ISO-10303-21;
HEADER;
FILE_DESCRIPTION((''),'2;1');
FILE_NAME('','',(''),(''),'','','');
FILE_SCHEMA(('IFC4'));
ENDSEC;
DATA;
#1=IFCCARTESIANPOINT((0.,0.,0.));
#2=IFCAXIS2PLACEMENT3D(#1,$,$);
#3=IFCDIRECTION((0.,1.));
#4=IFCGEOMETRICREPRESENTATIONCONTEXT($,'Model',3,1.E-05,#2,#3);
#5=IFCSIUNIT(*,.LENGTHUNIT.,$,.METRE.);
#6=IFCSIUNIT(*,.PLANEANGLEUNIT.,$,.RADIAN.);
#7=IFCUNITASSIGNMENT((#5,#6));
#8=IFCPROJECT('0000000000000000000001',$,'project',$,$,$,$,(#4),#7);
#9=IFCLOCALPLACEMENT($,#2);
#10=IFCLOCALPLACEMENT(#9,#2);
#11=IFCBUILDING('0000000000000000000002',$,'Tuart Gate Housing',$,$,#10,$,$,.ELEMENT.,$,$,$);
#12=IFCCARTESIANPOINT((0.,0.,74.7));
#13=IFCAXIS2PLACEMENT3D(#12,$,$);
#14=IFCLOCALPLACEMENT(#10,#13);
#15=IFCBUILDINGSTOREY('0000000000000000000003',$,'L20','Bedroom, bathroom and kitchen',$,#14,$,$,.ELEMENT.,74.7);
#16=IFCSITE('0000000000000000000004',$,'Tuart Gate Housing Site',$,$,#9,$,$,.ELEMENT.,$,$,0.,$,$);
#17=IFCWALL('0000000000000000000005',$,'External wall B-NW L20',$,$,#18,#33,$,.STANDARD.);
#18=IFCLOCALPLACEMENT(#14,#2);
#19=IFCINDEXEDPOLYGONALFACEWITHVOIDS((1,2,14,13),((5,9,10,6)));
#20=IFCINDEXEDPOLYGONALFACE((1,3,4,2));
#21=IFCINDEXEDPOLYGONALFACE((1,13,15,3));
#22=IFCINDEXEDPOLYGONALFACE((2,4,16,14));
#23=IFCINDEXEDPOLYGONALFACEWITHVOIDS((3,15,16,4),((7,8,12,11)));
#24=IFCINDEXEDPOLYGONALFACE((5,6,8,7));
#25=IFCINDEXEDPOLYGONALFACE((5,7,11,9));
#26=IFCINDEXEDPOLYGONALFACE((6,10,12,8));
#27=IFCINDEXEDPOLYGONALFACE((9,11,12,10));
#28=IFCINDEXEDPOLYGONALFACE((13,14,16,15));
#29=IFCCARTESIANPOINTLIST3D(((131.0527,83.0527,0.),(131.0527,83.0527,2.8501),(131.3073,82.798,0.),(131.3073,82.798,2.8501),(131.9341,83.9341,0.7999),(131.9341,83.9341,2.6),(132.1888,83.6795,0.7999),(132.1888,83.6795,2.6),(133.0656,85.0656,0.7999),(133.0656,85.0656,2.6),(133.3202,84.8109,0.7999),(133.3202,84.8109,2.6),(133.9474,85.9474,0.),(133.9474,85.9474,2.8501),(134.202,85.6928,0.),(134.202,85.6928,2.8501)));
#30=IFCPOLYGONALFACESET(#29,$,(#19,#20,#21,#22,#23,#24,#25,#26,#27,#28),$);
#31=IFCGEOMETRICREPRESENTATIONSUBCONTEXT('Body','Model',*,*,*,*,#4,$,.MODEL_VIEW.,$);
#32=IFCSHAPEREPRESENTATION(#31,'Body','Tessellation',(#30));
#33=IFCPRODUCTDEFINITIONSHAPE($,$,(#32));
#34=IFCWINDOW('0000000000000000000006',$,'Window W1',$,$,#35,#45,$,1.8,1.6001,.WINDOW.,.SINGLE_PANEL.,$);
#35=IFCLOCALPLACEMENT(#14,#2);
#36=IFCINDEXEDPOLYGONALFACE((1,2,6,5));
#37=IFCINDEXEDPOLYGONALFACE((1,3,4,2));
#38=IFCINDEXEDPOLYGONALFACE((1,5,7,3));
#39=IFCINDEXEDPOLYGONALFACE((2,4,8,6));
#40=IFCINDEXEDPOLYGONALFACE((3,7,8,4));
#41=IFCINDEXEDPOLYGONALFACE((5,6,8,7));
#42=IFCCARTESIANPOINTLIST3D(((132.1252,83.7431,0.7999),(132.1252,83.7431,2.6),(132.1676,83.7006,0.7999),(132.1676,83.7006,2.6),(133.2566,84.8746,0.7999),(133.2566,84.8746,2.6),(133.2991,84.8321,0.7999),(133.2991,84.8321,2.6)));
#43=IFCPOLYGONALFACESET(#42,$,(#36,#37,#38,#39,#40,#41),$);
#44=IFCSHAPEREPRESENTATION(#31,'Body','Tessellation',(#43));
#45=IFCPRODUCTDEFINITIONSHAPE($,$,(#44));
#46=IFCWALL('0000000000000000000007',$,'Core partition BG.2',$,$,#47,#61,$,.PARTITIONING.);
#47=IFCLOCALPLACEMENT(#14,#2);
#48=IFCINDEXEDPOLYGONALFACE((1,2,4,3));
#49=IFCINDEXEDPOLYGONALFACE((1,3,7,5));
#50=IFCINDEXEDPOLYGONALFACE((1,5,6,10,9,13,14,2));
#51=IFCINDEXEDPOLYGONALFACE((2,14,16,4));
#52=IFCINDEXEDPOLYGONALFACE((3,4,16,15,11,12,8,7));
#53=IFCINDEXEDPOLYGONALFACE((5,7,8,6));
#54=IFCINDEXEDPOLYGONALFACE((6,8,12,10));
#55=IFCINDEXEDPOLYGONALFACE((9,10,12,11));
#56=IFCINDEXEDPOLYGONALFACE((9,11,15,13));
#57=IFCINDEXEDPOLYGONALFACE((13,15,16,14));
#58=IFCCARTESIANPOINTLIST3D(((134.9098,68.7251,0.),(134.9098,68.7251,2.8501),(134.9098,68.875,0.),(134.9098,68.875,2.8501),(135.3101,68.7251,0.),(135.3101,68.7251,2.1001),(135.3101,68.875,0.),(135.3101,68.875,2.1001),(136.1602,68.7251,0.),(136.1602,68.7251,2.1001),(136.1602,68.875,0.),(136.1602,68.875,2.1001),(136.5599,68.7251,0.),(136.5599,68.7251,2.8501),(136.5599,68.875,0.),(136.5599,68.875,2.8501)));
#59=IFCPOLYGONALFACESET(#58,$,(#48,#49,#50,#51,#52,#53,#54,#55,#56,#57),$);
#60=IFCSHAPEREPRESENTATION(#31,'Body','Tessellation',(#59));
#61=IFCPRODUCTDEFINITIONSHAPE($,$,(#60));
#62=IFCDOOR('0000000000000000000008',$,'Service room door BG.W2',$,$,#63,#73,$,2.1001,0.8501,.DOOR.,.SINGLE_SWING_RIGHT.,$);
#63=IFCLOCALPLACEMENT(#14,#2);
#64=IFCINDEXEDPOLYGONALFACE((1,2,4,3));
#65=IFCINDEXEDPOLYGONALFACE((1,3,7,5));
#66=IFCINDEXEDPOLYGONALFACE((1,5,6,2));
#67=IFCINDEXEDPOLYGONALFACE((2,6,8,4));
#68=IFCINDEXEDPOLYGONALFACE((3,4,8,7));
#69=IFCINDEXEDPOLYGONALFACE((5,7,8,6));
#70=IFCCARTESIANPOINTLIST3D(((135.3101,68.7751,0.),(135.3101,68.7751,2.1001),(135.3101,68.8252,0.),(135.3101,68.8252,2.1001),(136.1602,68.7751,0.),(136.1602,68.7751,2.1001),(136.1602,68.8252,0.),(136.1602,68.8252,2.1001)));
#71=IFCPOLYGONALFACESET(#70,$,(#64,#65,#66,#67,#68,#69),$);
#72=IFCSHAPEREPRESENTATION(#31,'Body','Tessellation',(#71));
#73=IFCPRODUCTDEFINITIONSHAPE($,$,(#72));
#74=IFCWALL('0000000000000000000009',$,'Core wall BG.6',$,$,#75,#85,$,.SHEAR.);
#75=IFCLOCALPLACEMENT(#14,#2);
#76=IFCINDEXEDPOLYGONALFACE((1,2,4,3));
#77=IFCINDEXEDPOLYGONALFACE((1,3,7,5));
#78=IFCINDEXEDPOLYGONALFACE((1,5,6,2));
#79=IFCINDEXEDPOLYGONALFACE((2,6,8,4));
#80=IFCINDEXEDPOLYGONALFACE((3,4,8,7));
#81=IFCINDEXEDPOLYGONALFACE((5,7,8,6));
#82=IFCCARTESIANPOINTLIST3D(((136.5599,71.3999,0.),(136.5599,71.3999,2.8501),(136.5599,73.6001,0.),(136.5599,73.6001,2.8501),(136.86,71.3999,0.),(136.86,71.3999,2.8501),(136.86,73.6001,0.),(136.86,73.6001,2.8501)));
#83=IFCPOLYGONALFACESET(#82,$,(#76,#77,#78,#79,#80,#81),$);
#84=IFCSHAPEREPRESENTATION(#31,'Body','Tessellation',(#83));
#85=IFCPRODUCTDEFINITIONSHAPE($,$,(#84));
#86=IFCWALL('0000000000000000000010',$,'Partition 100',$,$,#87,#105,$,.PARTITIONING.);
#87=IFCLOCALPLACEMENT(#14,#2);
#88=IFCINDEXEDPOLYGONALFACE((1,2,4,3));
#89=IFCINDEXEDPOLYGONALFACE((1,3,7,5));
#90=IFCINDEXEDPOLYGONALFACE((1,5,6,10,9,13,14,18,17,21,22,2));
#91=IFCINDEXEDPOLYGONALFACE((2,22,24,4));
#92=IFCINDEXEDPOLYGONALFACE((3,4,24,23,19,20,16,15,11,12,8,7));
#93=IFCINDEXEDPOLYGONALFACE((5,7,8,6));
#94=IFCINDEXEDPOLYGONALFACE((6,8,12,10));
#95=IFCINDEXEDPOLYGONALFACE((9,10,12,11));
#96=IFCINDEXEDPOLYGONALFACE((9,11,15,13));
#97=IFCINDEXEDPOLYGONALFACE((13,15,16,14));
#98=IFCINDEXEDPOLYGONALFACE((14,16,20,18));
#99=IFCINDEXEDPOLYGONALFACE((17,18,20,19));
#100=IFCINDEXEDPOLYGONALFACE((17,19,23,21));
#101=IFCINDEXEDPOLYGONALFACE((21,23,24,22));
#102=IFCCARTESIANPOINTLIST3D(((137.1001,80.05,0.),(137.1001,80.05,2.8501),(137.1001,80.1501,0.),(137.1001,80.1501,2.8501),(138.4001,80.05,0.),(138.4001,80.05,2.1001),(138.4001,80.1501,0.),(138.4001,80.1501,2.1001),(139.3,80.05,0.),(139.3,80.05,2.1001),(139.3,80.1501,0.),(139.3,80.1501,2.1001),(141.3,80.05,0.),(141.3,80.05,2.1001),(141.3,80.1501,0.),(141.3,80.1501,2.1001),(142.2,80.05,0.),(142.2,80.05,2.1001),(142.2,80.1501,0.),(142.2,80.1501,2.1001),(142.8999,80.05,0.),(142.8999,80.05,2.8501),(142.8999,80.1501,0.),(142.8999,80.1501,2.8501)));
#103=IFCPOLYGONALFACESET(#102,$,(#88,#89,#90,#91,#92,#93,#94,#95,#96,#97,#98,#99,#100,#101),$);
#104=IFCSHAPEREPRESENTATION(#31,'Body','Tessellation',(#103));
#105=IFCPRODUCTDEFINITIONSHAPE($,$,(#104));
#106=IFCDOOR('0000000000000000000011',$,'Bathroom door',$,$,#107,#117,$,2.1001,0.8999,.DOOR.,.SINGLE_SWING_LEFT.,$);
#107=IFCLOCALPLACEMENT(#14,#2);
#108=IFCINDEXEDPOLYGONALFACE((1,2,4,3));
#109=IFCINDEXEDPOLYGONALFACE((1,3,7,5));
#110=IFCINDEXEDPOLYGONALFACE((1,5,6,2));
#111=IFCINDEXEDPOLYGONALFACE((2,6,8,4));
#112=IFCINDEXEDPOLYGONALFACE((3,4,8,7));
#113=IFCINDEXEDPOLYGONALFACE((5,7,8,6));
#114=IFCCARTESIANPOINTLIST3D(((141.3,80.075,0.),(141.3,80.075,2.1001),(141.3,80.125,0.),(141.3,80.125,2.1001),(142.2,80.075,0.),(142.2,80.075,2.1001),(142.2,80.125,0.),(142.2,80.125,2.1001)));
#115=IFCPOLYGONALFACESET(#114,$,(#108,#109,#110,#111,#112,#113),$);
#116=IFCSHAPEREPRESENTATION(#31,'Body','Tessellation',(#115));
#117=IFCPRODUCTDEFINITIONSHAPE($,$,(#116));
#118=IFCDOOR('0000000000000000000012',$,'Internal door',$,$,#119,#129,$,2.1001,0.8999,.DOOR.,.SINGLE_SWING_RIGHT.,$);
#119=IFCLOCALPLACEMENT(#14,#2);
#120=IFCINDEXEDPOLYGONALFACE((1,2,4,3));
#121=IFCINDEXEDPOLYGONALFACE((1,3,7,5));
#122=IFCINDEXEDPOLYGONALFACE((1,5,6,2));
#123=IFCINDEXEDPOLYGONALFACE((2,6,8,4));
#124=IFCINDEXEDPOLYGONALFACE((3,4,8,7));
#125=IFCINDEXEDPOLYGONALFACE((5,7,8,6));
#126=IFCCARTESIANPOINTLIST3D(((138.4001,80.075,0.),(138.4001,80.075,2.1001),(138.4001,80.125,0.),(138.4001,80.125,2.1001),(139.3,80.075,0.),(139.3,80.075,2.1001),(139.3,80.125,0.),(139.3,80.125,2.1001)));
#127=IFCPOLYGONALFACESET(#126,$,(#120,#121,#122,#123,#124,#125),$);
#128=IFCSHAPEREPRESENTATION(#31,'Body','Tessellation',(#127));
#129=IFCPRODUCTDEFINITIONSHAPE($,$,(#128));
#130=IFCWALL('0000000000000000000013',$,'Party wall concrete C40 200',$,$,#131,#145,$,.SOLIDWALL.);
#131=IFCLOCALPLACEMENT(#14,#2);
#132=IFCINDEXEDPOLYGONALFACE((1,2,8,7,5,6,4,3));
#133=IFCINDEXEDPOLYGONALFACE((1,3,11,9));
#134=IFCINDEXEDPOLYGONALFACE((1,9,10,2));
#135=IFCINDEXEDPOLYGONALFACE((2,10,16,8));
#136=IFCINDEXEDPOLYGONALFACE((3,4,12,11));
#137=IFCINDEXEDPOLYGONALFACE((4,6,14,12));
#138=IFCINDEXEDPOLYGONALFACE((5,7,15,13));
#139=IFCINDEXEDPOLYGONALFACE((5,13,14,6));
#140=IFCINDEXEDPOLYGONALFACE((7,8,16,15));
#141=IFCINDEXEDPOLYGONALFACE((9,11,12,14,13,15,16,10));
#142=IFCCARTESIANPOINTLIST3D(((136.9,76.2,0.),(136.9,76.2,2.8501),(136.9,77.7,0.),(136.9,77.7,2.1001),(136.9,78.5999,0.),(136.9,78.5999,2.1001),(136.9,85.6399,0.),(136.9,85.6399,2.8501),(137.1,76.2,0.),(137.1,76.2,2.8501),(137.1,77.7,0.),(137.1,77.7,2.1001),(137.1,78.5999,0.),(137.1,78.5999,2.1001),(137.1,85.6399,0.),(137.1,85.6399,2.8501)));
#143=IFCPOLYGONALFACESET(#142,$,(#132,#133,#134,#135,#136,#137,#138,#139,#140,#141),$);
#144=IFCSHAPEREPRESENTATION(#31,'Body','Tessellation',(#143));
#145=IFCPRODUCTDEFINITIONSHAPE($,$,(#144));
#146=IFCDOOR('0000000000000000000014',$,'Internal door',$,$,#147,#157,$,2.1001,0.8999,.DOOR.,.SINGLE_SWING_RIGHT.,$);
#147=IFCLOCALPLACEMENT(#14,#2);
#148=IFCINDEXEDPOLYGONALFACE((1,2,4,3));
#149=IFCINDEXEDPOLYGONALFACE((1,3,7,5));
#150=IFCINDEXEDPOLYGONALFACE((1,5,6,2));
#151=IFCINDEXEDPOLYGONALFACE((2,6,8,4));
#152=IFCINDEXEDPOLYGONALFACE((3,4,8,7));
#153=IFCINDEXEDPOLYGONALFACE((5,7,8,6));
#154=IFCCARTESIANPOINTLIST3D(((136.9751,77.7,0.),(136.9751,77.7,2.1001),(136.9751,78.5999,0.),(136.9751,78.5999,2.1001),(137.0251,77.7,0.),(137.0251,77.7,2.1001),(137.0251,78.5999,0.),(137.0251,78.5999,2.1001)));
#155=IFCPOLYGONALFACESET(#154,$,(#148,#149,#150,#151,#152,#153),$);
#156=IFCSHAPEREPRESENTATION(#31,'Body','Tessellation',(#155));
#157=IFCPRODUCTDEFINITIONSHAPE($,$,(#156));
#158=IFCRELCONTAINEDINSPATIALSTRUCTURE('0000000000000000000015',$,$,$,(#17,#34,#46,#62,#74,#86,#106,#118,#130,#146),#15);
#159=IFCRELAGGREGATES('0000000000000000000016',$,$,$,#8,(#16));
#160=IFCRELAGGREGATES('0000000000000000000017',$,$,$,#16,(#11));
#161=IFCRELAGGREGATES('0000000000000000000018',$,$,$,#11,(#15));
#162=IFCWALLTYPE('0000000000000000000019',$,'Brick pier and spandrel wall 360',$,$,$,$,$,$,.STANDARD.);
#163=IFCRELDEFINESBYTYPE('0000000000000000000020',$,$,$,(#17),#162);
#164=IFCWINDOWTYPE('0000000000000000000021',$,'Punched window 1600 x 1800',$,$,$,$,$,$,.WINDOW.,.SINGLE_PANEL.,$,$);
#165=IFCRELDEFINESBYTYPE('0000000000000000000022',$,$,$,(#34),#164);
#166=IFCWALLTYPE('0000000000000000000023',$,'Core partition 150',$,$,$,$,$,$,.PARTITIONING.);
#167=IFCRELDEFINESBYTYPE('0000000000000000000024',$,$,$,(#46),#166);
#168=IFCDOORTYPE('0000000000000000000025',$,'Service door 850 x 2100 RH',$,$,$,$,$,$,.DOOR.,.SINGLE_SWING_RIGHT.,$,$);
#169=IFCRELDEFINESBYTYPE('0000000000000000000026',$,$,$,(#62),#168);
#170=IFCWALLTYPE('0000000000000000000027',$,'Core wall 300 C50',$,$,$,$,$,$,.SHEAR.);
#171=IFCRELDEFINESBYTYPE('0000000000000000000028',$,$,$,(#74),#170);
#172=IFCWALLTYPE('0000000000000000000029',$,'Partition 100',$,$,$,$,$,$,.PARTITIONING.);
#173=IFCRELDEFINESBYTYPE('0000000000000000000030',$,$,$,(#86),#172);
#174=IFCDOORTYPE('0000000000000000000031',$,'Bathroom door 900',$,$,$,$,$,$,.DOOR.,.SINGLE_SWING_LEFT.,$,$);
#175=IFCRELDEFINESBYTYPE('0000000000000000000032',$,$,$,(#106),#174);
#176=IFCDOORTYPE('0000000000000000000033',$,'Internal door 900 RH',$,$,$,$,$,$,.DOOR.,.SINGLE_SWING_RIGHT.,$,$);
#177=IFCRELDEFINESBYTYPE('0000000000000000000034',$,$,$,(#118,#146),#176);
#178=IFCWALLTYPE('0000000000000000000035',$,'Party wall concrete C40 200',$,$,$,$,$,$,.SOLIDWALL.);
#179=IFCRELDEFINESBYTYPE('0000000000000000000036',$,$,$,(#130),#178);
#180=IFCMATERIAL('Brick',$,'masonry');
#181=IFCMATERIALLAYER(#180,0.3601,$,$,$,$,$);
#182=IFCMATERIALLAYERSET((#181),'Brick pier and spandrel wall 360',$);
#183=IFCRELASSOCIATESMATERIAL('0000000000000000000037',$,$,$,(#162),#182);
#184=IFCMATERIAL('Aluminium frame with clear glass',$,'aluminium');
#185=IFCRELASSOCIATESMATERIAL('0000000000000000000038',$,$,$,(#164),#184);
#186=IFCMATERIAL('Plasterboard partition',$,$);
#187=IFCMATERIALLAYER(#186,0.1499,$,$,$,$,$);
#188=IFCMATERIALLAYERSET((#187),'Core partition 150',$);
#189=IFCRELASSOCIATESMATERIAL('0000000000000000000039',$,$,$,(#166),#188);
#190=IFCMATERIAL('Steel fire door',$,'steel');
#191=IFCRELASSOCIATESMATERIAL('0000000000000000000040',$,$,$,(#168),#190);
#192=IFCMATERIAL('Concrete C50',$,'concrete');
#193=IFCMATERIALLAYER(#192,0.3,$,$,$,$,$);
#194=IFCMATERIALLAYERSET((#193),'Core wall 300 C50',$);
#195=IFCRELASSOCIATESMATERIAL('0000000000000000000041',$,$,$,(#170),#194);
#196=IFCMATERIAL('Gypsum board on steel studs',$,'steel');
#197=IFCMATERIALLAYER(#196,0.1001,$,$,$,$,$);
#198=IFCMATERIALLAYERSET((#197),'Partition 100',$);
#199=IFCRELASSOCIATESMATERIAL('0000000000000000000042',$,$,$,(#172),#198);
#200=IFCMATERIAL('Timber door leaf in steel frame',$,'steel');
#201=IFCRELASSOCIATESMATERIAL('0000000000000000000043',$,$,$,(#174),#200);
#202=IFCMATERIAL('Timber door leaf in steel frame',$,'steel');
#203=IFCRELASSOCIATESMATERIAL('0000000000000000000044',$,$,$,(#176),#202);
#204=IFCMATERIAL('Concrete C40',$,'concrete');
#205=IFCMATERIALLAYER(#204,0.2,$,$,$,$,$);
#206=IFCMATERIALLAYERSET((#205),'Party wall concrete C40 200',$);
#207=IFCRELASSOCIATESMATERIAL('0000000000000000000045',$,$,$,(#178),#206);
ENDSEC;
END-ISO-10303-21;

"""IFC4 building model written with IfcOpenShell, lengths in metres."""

from ifc_helpers import new_model, si_unit, direction, frame, frame_2d, origin, place, context, subcontext, project, spatial, rectangle, extrude, material, layer, layer_set, type_object, element, fill, save


model = new_model("IFC4")

# Units and contexts
model_context = context("Model", 3, precision=1e-05, world=origin(), true_north=direction((0.0, 1.0)))
body_context = subcontext(model_context, "Body", "Model", "MODEL_VIEW")
ifc_project = project(units=[si_unit("LENGTHUNIT", "METRE"), si_unit("PLANEANGLEUNIT", "RADIAN")], contexts=[model_context])

# Site, building, storey
site_placement = place(None, origin())
site = spatial("IfcSite", under=ifc_project, at=site_placement, Name="Tuart Gate Housing Site", CompositionType="ELEMENT", RefElevation=0.0)
building_placement = place(site_placement, origin())
building = spatial("IfcBuilding", under=site, at=building_placement, Name="Tuart Gate Housing", CompositionType="ELEMENT")
storey_placement = place(building_placement, frame((0.0, 0.0, 74.7)))
storey = spatial("IfcBuildingStorey", under=building, at=storey_placement, Name="L20", Description="Bedroom, bathroom and kitchen", CompositionType="ELEMENT", Elevation=74.7)

# Wall, opening, window
ifc_material_1 = material(Name="Brick", Category="masonry")
ifc_layer_1 = layer(ifc_material_1, 0.3601)
ifc_layer_set_1 = layer_set([ifc_layer_1], Name="Brick pier and spandrel wall 360")
wall_type_1 = type_object("IfcWallType", Name="Brick pier and spandrel wall 360", PredefinedType="STANDARD", material=ifc_layer_set_1)
wall_1_placement = place(storey_placement, frame((134.0747, 85.8201, 0.0), z_axis=(0.0, 0.0, 1.0), x_axis=(-0.707107, -0.707107, 0.0)))
wall_1 = element("IfcWall", 1, at=wall_1_placement, inside=storey, type_object=wall_type_1, Name="External wall B-NW L20", PredefinedType="STANDARD", context=body_context, shape_type="SweptSolid", body=[
    extrude(rectangle(XDim=4.0938, YDim=0.3601, at=frame_2d((2.0469, 0.0))), origin(), (0.0, 0.0, 1.0), 2.8501),
])
opening_1_placement = place(wall_1_placement, frame((1.2471, 0.0, 0.8)))
opening_1 = element("IfcOpeningElement", 2, at=opening_1_placement, cuts=wall_1, PredefinedType="OPENING", context=body_context, shape_type="SweptSolid", body=[
    extrude(rectangle(XDim=1.6001, YDim=1.8, at=frame_2d((0.8, 0.8999))), frame((0.0, 0.1899, 0.0), z_axis=(0.0, -1.0, 0.0), x_axis=(1.0, 0.0, 0.0)), (0.0, 0.0, 1.0), 0.3801),
])
ifc_material_2 = material(Name="Aluminium frame with clear glass", Category="aluminium")
window_type = type_object("IfcWindowType", Name="Punched window 1600 x 1800", PartitioningType="SINGLE_PANEL", PredefinedType="WINDOW", material=ifc_material_2)
window_placement = place(opening_1_placement, origin())
window = element("IfcWindow", 3, at=window_placement, inside=storey, type_object=window_type, Name="Window W1", OverallHeight=1.8, OverallWidth=1.6001, PartitioningType="SINGLE_PANEL", PredefinedType="WINDOW", context=body_context, shape_type="SweptSolid", body=[
    extrude(rectangle(XDim=1.6001, YDim=1.8, at=frame_2d((0.8, 0.8999))), frame((0.0, 0.1501, 0.0), z_axis=(0.0, -1.0, 0.0), x_axis=(1.0, 0.0, 0.0)), (0.0, 0.0, 1.0), 0.0601),
])
fill(opening_1, window)

# Wall, opening, door
ifc_material_3 = material(Name="Plasterboard partition")
ifc_layer_2 = layer(ifc_material_3, 0.1499)
ifc_layer_set_2 = layer_set([ifc_layer_2], Name="Core partition 150")
wall_type_2 = type_object("IfcWallType", Name="Core partition 150", PredefinedType="PARTITIONING", material=ifc_layer_set_2)
wall_2_placement = place(storey_placement, frame((136.5601, 68.8, 0.0), z_axis=(0.0, 0.0, 1.0), x_axis=(-1.0, 0.0, 0.0)))
wall_2 = element("IfcWall", 4, at=wall_2_placement, inside=storey, type_object=wall_type_2, Name="Core partition BG.2", PredefinedType="PARTITIONING", context=body_context, shape_type="SweptSolid", body=[
    extrude(rectangle(XDim=1.6501, YDim=0.1499, at=frame_2d((0.8252, 0.0))), origin(), (0.0, 0.0, 1.0), 2.8501),
])
opening_2_placement = place(wall_2_placement, frame((0.3999, 0.0, 0.0)))
opening_2 = element("IfcOpeningElement", 5, at=opening_2_placement, cuts=wall_2, PredefinedType="OPENING", context=body_context, shape_type="SweptSolid", body=[
    extrude(rectangle(XDim=0.8501, YDim=2.1001, at=frame_2d((0.425, 1.05))), frame((0.0, 0.085, 0.0), z_axis=(0.0, -1.0, 0.0), x_axis=(1.0, 0.0, 0.0)), (0.0, 0.0, 1.0), 0.1699),
])
ifc_material_4 = material(Name="Steel fire door", Category="steel")
door_type_1 = type_object("IfcDoorType", Name="Service door 850 x 2100 RH", OperationType="SINGLE_SWING_RIGHT", PredefinedType="DOOR", material=ifc_material_4)
door_1_placement = place(opening_2_placement, frame((0.8501, 0.0, 0.0), z_axis=(0.0, 0.0, 1.0), x_axis=(-1.0, 0.0, 0.0)))
door_1 = element("IfcDoor", 6, at=door_1_placement, inside=storey, type_object=door_type_1, Name="Service room door BG.W2", OperationType="SINGLE_SWING_RIGHT", OverallHeight=2.1001, OverallWidth=0.8501, PredefinedType="DOOR", context=body_context, shape_type="SweptSolid", body=[
    extrude(rectangle(XDim=0.8501, YDim=2.1001, at=frame_2d((0.425, 1.05))), frame((0.0, 0.0251, 0.0), z_axis=(0.0, -1.0, 0.0), x_axis=(1.0, 0.0, 0.0)), (0.0, 0.0, 1.0), 0.05),
])
fill(opening_2, door_1)

# Wall
ifc_material_5 = material(Name="Concrete C50", Category="concrete")
ifc_layer_3 = layer(ifc_material_5, 0.3)
ifc_layer_set_3 = layer_set([ifc_layer_3], Name="Core wall 300 C50")
wall_type_3 = type_object("IfcWallType", Name="Core wall 300 C50", PredefinedType="SHEAR", material=ifc_layer_set_3)
wall_3_placement = place(storey_placement, frame((136.71, 71.3999, 0.0), z_axis=(0.0, 0.0, 1.0), x_axis=(0.0, 1.0, 0.0)))
element("IfcWall", 7, at=wall_3_placement, inside=storey, type_object=wall_type_3, Name="Core wall BG.6", PredefinedType="SHEAR", context=body_context, shape_type="SweptSolid", body=[
    extrude(rectangle(XDim=2.2002, YDim=0.3, at=frame_2d((1.1001, 0.0))), origin(), (0.0, 0.0, 1.0), 2.8501),
])

# Wall, openings, doors
ifc_material_6 = material(Name="Gypsum board on steel studs", Category="steel")
ifc_layer_4 = layer(ifc_material_6, 0.1001)
ifc_layer_set_4 = layer_set([ifc_layer_4], Name="Partition 100")
wall_type_4 = type_object("IfcWallType", Name="Partition 100", PredefinedType="PARTITIONING", material=ifc_layer_set_4)
wall_4_placement = place(storey_placement, frame((137.1001, 80.1001, 0.0), z_axis=(0.0, 0.0, 1.0), x_axis=(1.0, 0.0, 0.0)))
wall_4 = element("IfcWall", 8, at=wall_4_placement, inside=storey, type_object=wall_type_4, Name="Partition 100", PredefinedType="PARTITIONING", context=body_context, shape_type="SweptSolid", body=[
    extrude(rectangle(XDim=5.7998, YDim=0.1001, at=frame_2d((2.8999, 0.0))), origin(), (0.0, 0.0, 1.0), 2.8501),
])
opening_3_placement = place(wall_4_placement, frame((1.3, 0.0, 0.0)))
opening_3 = element("IfcOpeningElement", 9, at=opening_3_placement, cuts=wall_4, PredefinedType="OPENING", context=body_context, shape_type="SweptSolid", body=[
    extrude(rectangle(XDim=0.8999, YDim=2.1001, at=frame_2d((0.45, 1.05))), frame((0.0, 0.0601, 0.0), z_axis=(0.0, -1.0, 0.0), x_axis=(1.0, 0.0, 0.0)), (0.0, 0.0, 1.0), 0.1201),
])
opening_4_placement = place(wall_4_placement, frame((4.2, 0.0, 0.0)))
opening_4 = element("IfcOpeningElement", 10, at=opening_4_placement, cuts=wall_4, PredefinedType="OPENING", context=body_context, shape_type="SweptSolid", body=[
    extrude(rectangle(XDim=0.8999, YDim=2.1001, at=frame_2d((0.45, 1.05))), frame((0.0, 0.0601, 0.0), z_axis=(0.0, -1.0, 0.0), x_axis=(1.0, 0.0, 0.0)), (0.0, 0.0, 1.0), 0.1201),
])
ifc_material_7 = material(Name="Timber door leaf in steel frame", Category="steel")
door_type_2 = type_object("IfcDoorType", Name="Bathroom door 900", OperationType="SINGLE_SWING_LEFT", PredefinedType="DOOR", material=ifc_material_7)
door_2_placement = place(opening_4_placement, origin())
door_2 = element("IfcDoor", 11, at=door_2_placement, inside=storey, type_object=door_type_2, Name="Bathroom door", OperationType="SINGLE_SWING_LEFT", OverallHeight=2.1001, OverallWidth=0.8999, PredefinedType="DOOR", context=body_context, shape_type="SweptSolid", body=[
    extrude(rectangle(XDim=0.8999, YDim=2.1001, at=frame_2d((0.45, 1.05))), frame((0.0, 0.0249, 0.0), z_axis=(0.0, -1.0, 0.0), x_axis=(1.0, 0.0, 0.0)), (0.0, 0.0, 1.0), 0.05),
])
fill(opening_4, door_2)
ifc_material_8 = material(Name="Timber door leaf in steel frame", Category="steel")
door_type_3 = type_object("IfcDoorType", Name="Internal door 900 RH", OperationType="SINGLE_SWING_RIGHT", PredefinedType="DOOR", material=ifc_material_8)
door_3_placement = place(opening_3_placement, origin())
door_3 = element("IfcDoor", 12, at=door_3_placement, inside=storey, type_object=door_type_3, Name="Internal door", OperationType="SINGLE_SWING_RIGHT", OverallHeight=2.1001, OverallWidth=0.8999, PredefinedType="DOOR", context=body_context, shape_type="SweptSolid", body=[
    extrude(rectangle(XDim=0.8999, YDim=2.1001, at=frame_2d((0.45, 1.05))), frame((0.0, 0.0249, 0.0), z_axis=(0.0, -1.0, 0.0), x_axis=(1.0, 0.0, 0.0)), (0.0, 0.0, 1.0), 0.05),
])
fill(opening_3, door_3)

# Wall, opening, door
ifc_material_9 = material(Name="Concrete C40", Category="concrete")
ifc_layer_5 = layer(ifc_material_9, 0.2)
ifc_layer_set_5 = layer_set([ifc_layer_5], Name="Party wall concrete C40 200")
wall_type_5 = type_object("IfcWallType", Name="Party wall concrete C40 200", PredefinedType="SOLIDWALL", material=ifc_layer_set_5)
wall_5_placement = place(storey_placement, frame((137.0, 76.2, 0.0), z_axis=(0.0, 0.0, 1.0), x_axis=(0.0, 1.0, 0.0)))
wall_5 = element("IfcWall", 13, at=wall_5_placement, inside=storey, type_object=wall_type_5, Name="Party wall concrete C40 200", PredefinedType="SOLIDWALL", context=body_context, shape_type="SweptSolid", body=[
    extrude(rectangle(XDim=9.4399, YDim=0.2, at=frame_2d((4.72, 0.0))), origin(), (0.0, 0.0, 1.0), 2.8501),
])
opening_5_placement = place(wall_5_placement, frame((1.5, 0.0, 0.0)))
opening_5 = element("IfcOpeningElement", 14, at=opening_5_placement, cuts=wall_5, PredefinedType="OPENING", context=body_context, shape_type="SweptSolid", body=[
    extrude(rectangle(XDim=0.8999, YDim=2.1001, at=frame_2d((0.45, 1.05))), frame((0.0, 0.1099, 0.0), z_axis=(0.0, -1.0, 0.0), x_axis=(1.0, 0.0, 0.0)), (0.0, 0.0, 1.0), 0.22),
])
door_4_placement = place(opening_5_placement, frame((0.8999, 0.0, 0.0), z_axis=(0.0, 0.0, 1.0), x_axis=(-1.0, 0.0, 0.0)))
door_4 = element("IfcDoor", 15, at=door_4_placement, inside=storey, type_object=door_type_3, Name="Internal door", OperationType="SINGLE_SWING_RIGHT", OverallHeight=2.1001, OverallWidth=0.8999, PredefinedType="DOOR", context=body_context, shape_type="SweptSolid", body=[
    extrude(rectangle(XDim=0.8999, YDim=2.1001, at=frame_2d((0.45, 1.05))), frame((0.0, 0.0251, 0.0), z_axis=(0.0, -1.0, 0.0), x_axis=(1.0, 0.0, 0.0)), (0.0, 0.0, 1.0), 0.05),
])
fill(opening_5, door_4)

save(model, "model.ifc")
